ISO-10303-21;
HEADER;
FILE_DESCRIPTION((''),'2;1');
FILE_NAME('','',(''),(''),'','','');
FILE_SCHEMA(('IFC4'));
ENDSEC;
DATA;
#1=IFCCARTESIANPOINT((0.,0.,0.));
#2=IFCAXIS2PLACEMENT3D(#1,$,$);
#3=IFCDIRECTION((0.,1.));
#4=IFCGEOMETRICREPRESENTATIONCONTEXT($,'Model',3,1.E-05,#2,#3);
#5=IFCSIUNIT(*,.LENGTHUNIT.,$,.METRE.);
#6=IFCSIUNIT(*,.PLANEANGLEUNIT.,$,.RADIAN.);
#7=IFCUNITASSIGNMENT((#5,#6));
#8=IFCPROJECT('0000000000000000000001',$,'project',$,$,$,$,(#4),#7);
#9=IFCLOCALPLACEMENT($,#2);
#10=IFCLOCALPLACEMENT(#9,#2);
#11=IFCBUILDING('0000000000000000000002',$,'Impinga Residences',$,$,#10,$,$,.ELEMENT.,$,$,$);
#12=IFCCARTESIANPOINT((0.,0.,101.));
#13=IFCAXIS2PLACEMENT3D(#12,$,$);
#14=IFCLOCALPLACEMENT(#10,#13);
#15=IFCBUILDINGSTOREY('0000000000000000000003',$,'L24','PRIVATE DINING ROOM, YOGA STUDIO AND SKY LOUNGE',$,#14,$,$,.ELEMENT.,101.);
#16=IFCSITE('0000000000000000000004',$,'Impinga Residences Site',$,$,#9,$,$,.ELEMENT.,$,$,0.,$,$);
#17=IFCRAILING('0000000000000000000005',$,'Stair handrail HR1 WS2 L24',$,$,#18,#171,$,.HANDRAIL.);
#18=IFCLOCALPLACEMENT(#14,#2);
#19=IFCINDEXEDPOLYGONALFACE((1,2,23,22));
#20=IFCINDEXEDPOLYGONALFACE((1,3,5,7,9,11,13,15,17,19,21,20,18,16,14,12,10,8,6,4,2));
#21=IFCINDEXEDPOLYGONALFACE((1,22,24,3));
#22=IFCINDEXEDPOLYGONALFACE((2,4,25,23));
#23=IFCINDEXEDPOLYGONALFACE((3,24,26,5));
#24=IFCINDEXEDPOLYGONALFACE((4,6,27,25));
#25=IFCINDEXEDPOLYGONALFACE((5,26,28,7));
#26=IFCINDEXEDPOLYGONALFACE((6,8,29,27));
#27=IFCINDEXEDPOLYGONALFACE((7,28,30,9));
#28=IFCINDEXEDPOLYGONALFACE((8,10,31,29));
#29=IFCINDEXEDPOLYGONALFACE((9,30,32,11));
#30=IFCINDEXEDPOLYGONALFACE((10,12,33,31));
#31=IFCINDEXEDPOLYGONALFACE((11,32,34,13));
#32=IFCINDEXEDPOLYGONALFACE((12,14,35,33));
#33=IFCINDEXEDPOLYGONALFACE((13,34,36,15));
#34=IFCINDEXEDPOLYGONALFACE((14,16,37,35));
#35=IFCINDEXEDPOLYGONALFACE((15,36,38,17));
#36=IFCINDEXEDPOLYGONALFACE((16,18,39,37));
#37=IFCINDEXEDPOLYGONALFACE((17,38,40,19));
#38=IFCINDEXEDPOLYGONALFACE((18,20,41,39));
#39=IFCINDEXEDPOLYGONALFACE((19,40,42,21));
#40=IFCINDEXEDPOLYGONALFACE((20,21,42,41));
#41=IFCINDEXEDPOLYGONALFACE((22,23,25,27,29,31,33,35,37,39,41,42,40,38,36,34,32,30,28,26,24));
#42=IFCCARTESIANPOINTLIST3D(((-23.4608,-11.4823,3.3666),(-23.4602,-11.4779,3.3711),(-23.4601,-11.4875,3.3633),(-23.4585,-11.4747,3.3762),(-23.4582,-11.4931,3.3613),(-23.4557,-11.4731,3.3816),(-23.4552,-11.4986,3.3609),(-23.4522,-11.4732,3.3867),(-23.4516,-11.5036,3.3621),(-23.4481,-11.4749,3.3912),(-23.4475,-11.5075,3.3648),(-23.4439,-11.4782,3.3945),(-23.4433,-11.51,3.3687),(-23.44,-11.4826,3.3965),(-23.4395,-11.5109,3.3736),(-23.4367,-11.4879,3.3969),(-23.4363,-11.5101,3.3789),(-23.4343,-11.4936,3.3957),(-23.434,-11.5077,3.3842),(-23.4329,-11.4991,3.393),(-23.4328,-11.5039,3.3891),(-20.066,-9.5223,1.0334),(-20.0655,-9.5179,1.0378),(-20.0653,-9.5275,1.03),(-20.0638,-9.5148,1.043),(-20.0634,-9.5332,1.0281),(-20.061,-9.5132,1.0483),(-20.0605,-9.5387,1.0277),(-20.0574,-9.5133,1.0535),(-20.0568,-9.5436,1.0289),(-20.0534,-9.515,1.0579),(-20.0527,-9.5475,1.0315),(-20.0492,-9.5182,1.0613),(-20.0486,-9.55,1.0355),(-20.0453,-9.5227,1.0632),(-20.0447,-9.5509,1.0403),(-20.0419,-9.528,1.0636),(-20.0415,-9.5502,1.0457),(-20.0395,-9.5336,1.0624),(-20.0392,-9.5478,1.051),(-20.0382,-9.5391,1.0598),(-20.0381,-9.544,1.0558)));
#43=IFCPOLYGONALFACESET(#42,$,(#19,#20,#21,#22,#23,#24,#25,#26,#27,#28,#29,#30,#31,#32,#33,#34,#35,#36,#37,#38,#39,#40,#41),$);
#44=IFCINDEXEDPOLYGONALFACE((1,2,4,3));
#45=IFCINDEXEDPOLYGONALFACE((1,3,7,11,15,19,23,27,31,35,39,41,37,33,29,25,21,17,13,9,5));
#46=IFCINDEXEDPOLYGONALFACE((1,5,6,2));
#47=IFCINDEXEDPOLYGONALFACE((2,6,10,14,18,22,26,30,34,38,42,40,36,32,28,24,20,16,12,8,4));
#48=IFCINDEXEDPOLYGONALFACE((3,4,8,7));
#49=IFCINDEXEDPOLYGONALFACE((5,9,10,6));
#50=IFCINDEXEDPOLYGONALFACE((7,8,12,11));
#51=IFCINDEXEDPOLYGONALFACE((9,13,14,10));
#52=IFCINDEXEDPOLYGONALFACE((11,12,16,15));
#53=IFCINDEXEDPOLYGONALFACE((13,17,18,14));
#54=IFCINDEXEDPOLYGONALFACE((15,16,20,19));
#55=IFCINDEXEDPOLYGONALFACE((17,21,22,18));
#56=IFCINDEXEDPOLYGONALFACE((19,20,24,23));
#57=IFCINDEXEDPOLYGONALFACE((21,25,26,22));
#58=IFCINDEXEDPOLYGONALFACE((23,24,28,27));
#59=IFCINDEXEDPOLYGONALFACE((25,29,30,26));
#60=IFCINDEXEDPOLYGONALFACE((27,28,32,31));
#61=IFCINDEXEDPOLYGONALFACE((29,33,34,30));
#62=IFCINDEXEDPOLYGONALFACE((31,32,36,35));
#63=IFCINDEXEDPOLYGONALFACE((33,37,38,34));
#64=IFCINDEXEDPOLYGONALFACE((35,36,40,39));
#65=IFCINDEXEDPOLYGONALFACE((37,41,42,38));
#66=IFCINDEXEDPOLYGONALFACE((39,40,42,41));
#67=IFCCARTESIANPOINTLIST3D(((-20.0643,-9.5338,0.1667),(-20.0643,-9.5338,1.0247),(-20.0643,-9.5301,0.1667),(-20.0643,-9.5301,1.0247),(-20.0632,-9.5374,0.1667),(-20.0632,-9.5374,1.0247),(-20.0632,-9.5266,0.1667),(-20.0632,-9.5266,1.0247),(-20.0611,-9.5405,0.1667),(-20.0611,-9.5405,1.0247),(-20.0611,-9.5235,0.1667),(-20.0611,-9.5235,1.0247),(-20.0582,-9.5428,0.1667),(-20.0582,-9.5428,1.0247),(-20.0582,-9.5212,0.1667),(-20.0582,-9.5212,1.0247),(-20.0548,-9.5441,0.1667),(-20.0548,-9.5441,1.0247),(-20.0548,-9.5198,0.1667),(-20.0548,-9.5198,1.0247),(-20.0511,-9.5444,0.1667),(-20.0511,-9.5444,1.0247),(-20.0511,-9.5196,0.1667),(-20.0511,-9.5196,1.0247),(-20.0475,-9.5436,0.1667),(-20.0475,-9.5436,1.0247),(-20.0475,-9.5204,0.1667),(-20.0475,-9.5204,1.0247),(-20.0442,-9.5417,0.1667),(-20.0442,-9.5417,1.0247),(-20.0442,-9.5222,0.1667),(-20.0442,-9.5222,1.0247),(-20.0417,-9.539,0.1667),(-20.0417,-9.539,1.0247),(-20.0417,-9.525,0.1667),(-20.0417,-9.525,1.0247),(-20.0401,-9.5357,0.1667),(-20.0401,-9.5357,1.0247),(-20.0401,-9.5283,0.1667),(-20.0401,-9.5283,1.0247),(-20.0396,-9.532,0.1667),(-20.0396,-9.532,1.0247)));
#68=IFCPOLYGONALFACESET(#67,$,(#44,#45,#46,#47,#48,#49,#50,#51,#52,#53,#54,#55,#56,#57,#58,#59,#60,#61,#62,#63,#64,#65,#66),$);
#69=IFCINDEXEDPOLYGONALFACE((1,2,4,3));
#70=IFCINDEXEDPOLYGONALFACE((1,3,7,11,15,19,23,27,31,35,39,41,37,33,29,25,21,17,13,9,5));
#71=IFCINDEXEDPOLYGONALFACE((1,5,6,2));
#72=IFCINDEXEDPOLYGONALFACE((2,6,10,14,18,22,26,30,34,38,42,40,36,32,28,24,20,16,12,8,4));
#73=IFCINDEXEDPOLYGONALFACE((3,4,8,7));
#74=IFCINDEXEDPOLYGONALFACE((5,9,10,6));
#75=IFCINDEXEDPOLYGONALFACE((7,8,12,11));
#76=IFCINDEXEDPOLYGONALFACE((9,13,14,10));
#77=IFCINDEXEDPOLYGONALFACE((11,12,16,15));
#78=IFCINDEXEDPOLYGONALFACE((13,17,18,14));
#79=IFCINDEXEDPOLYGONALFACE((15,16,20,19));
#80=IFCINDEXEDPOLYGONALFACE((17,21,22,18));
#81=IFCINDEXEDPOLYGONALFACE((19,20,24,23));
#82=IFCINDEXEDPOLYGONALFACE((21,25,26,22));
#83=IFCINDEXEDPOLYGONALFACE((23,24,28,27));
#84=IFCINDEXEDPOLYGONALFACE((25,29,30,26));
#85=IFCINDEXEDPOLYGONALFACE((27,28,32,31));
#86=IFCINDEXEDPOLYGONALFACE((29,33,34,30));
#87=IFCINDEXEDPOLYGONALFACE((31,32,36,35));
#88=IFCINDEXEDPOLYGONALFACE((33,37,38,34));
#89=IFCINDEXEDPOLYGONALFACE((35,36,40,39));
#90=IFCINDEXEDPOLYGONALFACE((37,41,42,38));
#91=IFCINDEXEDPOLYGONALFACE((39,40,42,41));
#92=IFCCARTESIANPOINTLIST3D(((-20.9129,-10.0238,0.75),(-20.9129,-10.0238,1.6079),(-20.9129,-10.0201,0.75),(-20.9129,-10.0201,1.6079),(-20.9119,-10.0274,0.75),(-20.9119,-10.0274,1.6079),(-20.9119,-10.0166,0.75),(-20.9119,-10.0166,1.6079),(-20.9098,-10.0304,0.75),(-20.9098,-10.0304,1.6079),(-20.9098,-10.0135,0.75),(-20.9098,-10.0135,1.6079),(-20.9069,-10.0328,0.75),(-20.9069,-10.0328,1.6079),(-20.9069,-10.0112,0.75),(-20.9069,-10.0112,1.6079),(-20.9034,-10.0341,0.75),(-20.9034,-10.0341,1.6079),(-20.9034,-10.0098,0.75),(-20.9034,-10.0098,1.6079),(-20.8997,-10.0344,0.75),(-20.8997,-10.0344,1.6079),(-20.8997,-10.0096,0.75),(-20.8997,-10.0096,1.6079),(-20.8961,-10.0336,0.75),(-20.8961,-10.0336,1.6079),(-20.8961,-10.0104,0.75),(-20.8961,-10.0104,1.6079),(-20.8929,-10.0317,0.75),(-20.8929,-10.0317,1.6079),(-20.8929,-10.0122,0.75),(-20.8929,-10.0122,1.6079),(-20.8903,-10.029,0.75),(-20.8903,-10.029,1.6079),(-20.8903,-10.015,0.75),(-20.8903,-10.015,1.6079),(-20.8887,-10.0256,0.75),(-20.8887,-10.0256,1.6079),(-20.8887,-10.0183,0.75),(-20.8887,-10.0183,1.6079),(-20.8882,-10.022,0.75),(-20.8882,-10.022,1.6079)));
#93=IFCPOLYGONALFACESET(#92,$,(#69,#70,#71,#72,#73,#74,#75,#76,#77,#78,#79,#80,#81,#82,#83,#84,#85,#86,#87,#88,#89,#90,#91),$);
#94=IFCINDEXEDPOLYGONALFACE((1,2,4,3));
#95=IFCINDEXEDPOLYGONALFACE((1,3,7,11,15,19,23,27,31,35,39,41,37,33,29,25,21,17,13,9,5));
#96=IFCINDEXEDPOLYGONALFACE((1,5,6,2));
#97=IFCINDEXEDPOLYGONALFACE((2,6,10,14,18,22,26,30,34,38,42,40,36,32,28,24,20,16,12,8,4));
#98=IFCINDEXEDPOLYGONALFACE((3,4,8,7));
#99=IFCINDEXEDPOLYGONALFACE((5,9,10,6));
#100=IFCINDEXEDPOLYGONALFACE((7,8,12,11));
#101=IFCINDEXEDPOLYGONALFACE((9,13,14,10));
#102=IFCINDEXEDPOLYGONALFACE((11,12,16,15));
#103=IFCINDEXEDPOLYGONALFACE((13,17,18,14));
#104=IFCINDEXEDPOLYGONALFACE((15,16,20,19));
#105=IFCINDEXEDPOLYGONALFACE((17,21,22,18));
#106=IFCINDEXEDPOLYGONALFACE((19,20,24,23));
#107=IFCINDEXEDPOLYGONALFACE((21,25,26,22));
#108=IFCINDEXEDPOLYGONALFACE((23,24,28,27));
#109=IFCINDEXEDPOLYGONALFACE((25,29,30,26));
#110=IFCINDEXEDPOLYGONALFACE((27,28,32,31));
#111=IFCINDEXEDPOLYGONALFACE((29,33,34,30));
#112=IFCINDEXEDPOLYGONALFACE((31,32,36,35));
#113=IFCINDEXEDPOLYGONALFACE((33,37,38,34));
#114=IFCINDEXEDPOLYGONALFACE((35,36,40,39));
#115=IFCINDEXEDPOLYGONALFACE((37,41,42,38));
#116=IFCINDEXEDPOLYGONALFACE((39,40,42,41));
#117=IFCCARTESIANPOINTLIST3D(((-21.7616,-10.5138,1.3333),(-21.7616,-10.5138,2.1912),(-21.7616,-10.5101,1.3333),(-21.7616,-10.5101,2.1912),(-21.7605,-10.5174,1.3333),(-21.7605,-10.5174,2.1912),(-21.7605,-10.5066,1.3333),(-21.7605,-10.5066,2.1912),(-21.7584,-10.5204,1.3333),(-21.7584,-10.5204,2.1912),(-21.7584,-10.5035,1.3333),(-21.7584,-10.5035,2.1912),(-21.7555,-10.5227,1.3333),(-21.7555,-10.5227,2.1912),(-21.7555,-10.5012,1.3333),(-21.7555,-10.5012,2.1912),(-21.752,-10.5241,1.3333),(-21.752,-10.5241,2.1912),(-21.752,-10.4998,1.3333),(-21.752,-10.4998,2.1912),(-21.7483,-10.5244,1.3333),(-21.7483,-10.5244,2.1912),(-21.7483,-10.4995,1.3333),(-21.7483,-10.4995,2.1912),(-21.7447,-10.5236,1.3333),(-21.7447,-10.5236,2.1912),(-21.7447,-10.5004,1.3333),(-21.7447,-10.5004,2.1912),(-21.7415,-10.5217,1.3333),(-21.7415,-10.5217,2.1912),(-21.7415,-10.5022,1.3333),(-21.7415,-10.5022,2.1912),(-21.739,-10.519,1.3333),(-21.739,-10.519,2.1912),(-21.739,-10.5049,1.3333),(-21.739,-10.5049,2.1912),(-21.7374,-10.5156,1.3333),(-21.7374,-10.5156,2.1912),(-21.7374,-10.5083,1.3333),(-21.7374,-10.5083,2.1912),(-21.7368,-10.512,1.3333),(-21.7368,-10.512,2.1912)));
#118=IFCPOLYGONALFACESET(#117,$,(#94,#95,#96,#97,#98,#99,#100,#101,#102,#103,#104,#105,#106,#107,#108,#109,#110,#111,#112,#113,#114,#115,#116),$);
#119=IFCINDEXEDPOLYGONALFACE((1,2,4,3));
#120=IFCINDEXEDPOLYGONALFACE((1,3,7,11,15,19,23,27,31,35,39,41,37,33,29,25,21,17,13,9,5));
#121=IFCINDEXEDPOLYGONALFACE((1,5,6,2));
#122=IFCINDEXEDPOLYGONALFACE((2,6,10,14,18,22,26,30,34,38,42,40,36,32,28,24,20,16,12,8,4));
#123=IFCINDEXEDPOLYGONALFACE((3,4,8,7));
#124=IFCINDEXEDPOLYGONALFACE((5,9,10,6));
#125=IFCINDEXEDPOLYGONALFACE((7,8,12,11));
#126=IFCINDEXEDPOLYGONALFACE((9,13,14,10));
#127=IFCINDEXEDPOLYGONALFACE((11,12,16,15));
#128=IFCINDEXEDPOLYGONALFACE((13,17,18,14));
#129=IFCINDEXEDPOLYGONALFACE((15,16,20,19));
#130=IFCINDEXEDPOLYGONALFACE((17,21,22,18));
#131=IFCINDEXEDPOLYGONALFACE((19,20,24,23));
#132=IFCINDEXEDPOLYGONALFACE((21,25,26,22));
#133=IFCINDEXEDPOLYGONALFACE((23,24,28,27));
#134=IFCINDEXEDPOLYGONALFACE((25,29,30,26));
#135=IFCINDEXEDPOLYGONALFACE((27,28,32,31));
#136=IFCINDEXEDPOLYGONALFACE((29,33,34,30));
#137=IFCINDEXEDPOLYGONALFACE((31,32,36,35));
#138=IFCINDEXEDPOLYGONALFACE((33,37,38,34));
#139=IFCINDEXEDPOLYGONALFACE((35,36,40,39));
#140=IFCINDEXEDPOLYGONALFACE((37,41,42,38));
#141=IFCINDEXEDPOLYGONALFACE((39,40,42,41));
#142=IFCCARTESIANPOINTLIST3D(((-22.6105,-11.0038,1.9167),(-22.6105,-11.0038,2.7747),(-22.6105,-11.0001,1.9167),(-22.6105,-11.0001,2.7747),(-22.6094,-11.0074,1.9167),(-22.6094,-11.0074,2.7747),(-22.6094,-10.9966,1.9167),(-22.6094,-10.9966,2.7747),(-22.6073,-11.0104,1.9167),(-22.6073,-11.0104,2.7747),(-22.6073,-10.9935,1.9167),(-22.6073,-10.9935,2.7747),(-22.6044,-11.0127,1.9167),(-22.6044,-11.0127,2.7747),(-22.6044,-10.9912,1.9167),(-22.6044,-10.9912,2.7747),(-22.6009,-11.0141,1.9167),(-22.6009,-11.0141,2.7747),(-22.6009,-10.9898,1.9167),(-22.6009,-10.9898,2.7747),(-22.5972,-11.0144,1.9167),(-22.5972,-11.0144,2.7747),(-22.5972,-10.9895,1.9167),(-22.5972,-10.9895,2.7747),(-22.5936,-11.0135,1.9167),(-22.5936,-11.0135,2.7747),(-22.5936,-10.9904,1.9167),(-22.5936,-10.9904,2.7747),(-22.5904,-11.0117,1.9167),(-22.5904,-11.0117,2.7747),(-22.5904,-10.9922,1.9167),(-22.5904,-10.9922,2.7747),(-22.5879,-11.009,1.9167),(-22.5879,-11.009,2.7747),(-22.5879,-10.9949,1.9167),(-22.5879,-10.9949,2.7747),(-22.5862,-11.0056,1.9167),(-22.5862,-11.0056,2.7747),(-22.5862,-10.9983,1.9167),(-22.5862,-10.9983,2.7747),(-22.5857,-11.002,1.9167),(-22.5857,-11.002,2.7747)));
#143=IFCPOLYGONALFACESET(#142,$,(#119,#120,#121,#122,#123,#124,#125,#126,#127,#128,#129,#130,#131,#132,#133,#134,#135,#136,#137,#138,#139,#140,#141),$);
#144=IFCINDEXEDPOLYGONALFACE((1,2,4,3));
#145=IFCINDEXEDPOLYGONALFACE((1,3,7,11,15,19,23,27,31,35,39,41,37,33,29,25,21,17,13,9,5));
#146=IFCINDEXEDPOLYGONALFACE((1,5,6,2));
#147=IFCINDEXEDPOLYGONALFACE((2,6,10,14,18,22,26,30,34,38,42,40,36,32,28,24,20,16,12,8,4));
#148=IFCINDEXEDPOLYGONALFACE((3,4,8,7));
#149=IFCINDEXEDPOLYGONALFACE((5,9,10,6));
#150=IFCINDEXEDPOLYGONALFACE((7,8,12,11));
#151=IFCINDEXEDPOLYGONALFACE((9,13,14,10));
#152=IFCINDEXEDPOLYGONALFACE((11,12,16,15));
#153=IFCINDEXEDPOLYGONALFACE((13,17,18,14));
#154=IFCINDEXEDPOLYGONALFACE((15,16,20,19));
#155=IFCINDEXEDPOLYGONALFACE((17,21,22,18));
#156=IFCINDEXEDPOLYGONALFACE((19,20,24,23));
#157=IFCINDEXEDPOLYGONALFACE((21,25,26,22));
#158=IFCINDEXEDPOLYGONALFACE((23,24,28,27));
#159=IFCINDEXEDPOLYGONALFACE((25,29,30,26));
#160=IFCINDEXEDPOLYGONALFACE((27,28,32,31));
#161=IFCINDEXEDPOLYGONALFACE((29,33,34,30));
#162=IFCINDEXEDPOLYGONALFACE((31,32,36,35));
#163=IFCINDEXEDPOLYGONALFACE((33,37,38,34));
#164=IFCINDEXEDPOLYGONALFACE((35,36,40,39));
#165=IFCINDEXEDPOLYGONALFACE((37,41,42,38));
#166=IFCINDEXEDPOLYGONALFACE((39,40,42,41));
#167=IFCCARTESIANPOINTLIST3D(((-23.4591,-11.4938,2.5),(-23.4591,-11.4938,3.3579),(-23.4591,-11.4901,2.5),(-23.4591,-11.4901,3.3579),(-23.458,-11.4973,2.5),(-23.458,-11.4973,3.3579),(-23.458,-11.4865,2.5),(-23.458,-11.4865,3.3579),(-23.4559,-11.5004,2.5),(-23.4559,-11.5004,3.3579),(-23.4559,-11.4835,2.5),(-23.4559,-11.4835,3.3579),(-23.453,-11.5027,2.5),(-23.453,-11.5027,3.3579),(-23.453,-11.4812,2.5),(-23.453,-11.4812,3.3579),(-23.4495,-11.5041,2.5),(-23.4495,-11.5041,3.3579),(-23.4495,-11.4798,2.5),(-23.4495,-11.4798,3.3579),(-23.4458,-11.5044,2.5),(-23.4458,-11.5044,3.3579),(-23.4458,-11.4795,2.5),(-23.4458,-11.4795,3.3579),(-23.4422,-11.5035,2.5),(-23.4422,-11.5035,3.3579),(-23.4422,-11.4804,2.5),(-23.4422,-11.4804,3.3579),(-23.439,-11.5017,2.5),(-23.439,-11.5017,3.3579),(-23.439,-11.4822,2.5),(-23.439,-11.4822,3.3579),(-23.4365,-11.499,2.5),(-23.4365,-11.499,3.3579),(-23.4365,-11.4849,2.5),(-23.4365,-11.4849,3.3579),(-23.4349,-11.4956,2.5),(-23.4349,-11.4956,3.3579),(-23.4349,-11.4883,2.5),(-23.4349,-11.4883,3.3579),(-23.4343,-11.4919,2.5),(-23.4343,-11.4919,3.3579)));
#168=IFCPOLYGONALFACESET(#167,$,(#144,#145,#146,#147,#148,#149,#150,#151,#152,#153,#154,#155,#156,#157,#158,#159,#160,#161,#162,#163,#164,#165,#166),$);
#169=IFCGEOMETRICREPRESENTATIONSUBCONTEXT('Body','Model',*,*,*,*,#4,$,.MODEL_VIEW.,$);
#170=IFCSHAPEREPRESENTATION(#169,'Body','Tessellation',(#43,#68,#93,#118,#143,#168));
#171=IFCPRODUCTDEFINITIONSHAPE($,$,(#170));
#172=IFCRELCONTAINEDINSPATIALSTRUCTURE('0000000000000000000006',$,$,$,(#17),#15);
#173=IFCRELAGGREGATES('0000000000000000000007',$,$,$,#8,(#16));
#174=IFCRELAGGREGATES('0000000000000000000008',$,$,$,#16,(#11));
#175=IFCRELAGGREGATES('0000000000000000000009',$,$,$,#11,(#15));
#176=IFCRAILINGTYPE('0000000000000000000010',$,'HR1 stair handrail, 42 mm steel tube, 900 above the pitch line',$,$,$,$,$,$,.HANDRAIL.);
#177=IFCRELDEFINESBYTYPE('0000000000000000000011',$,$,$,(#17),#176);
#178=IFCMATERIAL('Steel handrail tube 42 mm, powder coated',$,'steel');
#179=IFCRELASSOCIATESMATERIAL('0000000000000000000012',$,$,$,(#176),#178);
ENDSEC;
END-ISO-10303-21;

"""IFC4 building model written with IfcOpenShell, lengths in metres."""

from ifc_helpers import new_model, si_unit, direction, frame, origin, origin_2d, place, context, subcontext, project, spatial, circle, extrude, material, type_object, element, save


model = new_model("IFC4")

# Units and contexts
model_context = context("Model", 3, precision=1e-05, world=origin(), true_north=direction((0.0, 1.0)))
body_context = subcontext(model_context, "Body", "Model", "MODEL_VIEW")
ifc_project = project(units=[si_unit("LENGTHUNIT", "METRE"), si_unit("PLANEANGLEUNIT", "RADIAN")], contexts=[model_context])

# Site, building, storey
site_placement = place(None, origin())
site = spatial("IfcSite", under=ifc_project, at=site_placement, Name="Impinga Residences Site", CompositionType="ELEMENT", RefElevation=0.0)
building_placement = place(site_placement, origin())
building = spatial("IfcBuilding", under=site, at=building_placement, Name="Impinga Residences", CompositionType="ELEMENT")
storey_placement = place(building_placement, frame((0.0, 0.0, 101.0)))
storey = spatial("IfcBuildingStorey", under=building, at=storey_placement, Name="L24", Description="PRIVATE DINING ROOM, YOGA STUDIO AND SKY LOUNGE", CompositionType="ELEMENT", Elevation=101.0)

# Railing
ifc_material_1 = material(Name="Steel handrail tube 42 mm, powder coated", Category="steel")
railing_type_1 = type_object("IfcRailingType", Name="HR1 stair handrail, 42 mm steel tube, 900 above the pitch line", PredefinedType="HANDRAIL", material=ifc_material_1)
railing_1_placement = place(storey_placement, frame((-20.052, -9.532, 0.1667)))
element("IfcRailing", 1, at=railing_1_placement, inside=storey, type_object=railing_type_1, Name="Stair handrail HR1 WS2 L24", PredefinedType="HANDRAIL", context=body_context, shape_type="SweptSolid", body=[
    extrude(circle(Radius=0.021, at=origin_2d()), frame((0.0, 0.0, 0.8789), z_axis=(-0.744175, -0.429646, 0.511476), x_axis=(0.499997, -0.866027, 0.0)), (0.0, 0.0, 1.0), 4.5618),
    extrude(circle(Radius=0.0125, at=origin_2d()), origin(), (0.0, 0.0, 1.0), 0.8579),
    extrude(circle(Radius=0.0125, at=origin_2d()), frame((-0.8486, -0.49, 0.5833)), (0.0, 0.0, 1.0), 0.8579),
    extrude(circle(Radius=0.0125, at=origin_2d()), frame((-1.6973, -0.98, 1.1665)), (0.0, 0.0, 1.0), 0.8579),
    extrude(circle(Radius=0.0125, at=origin_2d()), frame((-2.5461, -1.47, 1.75)), (0.0, 0.0, 1.0), 0.8579),
    extrude(circle(Radius=0.0125, at=origin_2d()), frame((-3.3948, -1.96, 2.3333)), (0.0, 0.0, 1.0), 0.8579),
])

save(model, "model.ifc")
